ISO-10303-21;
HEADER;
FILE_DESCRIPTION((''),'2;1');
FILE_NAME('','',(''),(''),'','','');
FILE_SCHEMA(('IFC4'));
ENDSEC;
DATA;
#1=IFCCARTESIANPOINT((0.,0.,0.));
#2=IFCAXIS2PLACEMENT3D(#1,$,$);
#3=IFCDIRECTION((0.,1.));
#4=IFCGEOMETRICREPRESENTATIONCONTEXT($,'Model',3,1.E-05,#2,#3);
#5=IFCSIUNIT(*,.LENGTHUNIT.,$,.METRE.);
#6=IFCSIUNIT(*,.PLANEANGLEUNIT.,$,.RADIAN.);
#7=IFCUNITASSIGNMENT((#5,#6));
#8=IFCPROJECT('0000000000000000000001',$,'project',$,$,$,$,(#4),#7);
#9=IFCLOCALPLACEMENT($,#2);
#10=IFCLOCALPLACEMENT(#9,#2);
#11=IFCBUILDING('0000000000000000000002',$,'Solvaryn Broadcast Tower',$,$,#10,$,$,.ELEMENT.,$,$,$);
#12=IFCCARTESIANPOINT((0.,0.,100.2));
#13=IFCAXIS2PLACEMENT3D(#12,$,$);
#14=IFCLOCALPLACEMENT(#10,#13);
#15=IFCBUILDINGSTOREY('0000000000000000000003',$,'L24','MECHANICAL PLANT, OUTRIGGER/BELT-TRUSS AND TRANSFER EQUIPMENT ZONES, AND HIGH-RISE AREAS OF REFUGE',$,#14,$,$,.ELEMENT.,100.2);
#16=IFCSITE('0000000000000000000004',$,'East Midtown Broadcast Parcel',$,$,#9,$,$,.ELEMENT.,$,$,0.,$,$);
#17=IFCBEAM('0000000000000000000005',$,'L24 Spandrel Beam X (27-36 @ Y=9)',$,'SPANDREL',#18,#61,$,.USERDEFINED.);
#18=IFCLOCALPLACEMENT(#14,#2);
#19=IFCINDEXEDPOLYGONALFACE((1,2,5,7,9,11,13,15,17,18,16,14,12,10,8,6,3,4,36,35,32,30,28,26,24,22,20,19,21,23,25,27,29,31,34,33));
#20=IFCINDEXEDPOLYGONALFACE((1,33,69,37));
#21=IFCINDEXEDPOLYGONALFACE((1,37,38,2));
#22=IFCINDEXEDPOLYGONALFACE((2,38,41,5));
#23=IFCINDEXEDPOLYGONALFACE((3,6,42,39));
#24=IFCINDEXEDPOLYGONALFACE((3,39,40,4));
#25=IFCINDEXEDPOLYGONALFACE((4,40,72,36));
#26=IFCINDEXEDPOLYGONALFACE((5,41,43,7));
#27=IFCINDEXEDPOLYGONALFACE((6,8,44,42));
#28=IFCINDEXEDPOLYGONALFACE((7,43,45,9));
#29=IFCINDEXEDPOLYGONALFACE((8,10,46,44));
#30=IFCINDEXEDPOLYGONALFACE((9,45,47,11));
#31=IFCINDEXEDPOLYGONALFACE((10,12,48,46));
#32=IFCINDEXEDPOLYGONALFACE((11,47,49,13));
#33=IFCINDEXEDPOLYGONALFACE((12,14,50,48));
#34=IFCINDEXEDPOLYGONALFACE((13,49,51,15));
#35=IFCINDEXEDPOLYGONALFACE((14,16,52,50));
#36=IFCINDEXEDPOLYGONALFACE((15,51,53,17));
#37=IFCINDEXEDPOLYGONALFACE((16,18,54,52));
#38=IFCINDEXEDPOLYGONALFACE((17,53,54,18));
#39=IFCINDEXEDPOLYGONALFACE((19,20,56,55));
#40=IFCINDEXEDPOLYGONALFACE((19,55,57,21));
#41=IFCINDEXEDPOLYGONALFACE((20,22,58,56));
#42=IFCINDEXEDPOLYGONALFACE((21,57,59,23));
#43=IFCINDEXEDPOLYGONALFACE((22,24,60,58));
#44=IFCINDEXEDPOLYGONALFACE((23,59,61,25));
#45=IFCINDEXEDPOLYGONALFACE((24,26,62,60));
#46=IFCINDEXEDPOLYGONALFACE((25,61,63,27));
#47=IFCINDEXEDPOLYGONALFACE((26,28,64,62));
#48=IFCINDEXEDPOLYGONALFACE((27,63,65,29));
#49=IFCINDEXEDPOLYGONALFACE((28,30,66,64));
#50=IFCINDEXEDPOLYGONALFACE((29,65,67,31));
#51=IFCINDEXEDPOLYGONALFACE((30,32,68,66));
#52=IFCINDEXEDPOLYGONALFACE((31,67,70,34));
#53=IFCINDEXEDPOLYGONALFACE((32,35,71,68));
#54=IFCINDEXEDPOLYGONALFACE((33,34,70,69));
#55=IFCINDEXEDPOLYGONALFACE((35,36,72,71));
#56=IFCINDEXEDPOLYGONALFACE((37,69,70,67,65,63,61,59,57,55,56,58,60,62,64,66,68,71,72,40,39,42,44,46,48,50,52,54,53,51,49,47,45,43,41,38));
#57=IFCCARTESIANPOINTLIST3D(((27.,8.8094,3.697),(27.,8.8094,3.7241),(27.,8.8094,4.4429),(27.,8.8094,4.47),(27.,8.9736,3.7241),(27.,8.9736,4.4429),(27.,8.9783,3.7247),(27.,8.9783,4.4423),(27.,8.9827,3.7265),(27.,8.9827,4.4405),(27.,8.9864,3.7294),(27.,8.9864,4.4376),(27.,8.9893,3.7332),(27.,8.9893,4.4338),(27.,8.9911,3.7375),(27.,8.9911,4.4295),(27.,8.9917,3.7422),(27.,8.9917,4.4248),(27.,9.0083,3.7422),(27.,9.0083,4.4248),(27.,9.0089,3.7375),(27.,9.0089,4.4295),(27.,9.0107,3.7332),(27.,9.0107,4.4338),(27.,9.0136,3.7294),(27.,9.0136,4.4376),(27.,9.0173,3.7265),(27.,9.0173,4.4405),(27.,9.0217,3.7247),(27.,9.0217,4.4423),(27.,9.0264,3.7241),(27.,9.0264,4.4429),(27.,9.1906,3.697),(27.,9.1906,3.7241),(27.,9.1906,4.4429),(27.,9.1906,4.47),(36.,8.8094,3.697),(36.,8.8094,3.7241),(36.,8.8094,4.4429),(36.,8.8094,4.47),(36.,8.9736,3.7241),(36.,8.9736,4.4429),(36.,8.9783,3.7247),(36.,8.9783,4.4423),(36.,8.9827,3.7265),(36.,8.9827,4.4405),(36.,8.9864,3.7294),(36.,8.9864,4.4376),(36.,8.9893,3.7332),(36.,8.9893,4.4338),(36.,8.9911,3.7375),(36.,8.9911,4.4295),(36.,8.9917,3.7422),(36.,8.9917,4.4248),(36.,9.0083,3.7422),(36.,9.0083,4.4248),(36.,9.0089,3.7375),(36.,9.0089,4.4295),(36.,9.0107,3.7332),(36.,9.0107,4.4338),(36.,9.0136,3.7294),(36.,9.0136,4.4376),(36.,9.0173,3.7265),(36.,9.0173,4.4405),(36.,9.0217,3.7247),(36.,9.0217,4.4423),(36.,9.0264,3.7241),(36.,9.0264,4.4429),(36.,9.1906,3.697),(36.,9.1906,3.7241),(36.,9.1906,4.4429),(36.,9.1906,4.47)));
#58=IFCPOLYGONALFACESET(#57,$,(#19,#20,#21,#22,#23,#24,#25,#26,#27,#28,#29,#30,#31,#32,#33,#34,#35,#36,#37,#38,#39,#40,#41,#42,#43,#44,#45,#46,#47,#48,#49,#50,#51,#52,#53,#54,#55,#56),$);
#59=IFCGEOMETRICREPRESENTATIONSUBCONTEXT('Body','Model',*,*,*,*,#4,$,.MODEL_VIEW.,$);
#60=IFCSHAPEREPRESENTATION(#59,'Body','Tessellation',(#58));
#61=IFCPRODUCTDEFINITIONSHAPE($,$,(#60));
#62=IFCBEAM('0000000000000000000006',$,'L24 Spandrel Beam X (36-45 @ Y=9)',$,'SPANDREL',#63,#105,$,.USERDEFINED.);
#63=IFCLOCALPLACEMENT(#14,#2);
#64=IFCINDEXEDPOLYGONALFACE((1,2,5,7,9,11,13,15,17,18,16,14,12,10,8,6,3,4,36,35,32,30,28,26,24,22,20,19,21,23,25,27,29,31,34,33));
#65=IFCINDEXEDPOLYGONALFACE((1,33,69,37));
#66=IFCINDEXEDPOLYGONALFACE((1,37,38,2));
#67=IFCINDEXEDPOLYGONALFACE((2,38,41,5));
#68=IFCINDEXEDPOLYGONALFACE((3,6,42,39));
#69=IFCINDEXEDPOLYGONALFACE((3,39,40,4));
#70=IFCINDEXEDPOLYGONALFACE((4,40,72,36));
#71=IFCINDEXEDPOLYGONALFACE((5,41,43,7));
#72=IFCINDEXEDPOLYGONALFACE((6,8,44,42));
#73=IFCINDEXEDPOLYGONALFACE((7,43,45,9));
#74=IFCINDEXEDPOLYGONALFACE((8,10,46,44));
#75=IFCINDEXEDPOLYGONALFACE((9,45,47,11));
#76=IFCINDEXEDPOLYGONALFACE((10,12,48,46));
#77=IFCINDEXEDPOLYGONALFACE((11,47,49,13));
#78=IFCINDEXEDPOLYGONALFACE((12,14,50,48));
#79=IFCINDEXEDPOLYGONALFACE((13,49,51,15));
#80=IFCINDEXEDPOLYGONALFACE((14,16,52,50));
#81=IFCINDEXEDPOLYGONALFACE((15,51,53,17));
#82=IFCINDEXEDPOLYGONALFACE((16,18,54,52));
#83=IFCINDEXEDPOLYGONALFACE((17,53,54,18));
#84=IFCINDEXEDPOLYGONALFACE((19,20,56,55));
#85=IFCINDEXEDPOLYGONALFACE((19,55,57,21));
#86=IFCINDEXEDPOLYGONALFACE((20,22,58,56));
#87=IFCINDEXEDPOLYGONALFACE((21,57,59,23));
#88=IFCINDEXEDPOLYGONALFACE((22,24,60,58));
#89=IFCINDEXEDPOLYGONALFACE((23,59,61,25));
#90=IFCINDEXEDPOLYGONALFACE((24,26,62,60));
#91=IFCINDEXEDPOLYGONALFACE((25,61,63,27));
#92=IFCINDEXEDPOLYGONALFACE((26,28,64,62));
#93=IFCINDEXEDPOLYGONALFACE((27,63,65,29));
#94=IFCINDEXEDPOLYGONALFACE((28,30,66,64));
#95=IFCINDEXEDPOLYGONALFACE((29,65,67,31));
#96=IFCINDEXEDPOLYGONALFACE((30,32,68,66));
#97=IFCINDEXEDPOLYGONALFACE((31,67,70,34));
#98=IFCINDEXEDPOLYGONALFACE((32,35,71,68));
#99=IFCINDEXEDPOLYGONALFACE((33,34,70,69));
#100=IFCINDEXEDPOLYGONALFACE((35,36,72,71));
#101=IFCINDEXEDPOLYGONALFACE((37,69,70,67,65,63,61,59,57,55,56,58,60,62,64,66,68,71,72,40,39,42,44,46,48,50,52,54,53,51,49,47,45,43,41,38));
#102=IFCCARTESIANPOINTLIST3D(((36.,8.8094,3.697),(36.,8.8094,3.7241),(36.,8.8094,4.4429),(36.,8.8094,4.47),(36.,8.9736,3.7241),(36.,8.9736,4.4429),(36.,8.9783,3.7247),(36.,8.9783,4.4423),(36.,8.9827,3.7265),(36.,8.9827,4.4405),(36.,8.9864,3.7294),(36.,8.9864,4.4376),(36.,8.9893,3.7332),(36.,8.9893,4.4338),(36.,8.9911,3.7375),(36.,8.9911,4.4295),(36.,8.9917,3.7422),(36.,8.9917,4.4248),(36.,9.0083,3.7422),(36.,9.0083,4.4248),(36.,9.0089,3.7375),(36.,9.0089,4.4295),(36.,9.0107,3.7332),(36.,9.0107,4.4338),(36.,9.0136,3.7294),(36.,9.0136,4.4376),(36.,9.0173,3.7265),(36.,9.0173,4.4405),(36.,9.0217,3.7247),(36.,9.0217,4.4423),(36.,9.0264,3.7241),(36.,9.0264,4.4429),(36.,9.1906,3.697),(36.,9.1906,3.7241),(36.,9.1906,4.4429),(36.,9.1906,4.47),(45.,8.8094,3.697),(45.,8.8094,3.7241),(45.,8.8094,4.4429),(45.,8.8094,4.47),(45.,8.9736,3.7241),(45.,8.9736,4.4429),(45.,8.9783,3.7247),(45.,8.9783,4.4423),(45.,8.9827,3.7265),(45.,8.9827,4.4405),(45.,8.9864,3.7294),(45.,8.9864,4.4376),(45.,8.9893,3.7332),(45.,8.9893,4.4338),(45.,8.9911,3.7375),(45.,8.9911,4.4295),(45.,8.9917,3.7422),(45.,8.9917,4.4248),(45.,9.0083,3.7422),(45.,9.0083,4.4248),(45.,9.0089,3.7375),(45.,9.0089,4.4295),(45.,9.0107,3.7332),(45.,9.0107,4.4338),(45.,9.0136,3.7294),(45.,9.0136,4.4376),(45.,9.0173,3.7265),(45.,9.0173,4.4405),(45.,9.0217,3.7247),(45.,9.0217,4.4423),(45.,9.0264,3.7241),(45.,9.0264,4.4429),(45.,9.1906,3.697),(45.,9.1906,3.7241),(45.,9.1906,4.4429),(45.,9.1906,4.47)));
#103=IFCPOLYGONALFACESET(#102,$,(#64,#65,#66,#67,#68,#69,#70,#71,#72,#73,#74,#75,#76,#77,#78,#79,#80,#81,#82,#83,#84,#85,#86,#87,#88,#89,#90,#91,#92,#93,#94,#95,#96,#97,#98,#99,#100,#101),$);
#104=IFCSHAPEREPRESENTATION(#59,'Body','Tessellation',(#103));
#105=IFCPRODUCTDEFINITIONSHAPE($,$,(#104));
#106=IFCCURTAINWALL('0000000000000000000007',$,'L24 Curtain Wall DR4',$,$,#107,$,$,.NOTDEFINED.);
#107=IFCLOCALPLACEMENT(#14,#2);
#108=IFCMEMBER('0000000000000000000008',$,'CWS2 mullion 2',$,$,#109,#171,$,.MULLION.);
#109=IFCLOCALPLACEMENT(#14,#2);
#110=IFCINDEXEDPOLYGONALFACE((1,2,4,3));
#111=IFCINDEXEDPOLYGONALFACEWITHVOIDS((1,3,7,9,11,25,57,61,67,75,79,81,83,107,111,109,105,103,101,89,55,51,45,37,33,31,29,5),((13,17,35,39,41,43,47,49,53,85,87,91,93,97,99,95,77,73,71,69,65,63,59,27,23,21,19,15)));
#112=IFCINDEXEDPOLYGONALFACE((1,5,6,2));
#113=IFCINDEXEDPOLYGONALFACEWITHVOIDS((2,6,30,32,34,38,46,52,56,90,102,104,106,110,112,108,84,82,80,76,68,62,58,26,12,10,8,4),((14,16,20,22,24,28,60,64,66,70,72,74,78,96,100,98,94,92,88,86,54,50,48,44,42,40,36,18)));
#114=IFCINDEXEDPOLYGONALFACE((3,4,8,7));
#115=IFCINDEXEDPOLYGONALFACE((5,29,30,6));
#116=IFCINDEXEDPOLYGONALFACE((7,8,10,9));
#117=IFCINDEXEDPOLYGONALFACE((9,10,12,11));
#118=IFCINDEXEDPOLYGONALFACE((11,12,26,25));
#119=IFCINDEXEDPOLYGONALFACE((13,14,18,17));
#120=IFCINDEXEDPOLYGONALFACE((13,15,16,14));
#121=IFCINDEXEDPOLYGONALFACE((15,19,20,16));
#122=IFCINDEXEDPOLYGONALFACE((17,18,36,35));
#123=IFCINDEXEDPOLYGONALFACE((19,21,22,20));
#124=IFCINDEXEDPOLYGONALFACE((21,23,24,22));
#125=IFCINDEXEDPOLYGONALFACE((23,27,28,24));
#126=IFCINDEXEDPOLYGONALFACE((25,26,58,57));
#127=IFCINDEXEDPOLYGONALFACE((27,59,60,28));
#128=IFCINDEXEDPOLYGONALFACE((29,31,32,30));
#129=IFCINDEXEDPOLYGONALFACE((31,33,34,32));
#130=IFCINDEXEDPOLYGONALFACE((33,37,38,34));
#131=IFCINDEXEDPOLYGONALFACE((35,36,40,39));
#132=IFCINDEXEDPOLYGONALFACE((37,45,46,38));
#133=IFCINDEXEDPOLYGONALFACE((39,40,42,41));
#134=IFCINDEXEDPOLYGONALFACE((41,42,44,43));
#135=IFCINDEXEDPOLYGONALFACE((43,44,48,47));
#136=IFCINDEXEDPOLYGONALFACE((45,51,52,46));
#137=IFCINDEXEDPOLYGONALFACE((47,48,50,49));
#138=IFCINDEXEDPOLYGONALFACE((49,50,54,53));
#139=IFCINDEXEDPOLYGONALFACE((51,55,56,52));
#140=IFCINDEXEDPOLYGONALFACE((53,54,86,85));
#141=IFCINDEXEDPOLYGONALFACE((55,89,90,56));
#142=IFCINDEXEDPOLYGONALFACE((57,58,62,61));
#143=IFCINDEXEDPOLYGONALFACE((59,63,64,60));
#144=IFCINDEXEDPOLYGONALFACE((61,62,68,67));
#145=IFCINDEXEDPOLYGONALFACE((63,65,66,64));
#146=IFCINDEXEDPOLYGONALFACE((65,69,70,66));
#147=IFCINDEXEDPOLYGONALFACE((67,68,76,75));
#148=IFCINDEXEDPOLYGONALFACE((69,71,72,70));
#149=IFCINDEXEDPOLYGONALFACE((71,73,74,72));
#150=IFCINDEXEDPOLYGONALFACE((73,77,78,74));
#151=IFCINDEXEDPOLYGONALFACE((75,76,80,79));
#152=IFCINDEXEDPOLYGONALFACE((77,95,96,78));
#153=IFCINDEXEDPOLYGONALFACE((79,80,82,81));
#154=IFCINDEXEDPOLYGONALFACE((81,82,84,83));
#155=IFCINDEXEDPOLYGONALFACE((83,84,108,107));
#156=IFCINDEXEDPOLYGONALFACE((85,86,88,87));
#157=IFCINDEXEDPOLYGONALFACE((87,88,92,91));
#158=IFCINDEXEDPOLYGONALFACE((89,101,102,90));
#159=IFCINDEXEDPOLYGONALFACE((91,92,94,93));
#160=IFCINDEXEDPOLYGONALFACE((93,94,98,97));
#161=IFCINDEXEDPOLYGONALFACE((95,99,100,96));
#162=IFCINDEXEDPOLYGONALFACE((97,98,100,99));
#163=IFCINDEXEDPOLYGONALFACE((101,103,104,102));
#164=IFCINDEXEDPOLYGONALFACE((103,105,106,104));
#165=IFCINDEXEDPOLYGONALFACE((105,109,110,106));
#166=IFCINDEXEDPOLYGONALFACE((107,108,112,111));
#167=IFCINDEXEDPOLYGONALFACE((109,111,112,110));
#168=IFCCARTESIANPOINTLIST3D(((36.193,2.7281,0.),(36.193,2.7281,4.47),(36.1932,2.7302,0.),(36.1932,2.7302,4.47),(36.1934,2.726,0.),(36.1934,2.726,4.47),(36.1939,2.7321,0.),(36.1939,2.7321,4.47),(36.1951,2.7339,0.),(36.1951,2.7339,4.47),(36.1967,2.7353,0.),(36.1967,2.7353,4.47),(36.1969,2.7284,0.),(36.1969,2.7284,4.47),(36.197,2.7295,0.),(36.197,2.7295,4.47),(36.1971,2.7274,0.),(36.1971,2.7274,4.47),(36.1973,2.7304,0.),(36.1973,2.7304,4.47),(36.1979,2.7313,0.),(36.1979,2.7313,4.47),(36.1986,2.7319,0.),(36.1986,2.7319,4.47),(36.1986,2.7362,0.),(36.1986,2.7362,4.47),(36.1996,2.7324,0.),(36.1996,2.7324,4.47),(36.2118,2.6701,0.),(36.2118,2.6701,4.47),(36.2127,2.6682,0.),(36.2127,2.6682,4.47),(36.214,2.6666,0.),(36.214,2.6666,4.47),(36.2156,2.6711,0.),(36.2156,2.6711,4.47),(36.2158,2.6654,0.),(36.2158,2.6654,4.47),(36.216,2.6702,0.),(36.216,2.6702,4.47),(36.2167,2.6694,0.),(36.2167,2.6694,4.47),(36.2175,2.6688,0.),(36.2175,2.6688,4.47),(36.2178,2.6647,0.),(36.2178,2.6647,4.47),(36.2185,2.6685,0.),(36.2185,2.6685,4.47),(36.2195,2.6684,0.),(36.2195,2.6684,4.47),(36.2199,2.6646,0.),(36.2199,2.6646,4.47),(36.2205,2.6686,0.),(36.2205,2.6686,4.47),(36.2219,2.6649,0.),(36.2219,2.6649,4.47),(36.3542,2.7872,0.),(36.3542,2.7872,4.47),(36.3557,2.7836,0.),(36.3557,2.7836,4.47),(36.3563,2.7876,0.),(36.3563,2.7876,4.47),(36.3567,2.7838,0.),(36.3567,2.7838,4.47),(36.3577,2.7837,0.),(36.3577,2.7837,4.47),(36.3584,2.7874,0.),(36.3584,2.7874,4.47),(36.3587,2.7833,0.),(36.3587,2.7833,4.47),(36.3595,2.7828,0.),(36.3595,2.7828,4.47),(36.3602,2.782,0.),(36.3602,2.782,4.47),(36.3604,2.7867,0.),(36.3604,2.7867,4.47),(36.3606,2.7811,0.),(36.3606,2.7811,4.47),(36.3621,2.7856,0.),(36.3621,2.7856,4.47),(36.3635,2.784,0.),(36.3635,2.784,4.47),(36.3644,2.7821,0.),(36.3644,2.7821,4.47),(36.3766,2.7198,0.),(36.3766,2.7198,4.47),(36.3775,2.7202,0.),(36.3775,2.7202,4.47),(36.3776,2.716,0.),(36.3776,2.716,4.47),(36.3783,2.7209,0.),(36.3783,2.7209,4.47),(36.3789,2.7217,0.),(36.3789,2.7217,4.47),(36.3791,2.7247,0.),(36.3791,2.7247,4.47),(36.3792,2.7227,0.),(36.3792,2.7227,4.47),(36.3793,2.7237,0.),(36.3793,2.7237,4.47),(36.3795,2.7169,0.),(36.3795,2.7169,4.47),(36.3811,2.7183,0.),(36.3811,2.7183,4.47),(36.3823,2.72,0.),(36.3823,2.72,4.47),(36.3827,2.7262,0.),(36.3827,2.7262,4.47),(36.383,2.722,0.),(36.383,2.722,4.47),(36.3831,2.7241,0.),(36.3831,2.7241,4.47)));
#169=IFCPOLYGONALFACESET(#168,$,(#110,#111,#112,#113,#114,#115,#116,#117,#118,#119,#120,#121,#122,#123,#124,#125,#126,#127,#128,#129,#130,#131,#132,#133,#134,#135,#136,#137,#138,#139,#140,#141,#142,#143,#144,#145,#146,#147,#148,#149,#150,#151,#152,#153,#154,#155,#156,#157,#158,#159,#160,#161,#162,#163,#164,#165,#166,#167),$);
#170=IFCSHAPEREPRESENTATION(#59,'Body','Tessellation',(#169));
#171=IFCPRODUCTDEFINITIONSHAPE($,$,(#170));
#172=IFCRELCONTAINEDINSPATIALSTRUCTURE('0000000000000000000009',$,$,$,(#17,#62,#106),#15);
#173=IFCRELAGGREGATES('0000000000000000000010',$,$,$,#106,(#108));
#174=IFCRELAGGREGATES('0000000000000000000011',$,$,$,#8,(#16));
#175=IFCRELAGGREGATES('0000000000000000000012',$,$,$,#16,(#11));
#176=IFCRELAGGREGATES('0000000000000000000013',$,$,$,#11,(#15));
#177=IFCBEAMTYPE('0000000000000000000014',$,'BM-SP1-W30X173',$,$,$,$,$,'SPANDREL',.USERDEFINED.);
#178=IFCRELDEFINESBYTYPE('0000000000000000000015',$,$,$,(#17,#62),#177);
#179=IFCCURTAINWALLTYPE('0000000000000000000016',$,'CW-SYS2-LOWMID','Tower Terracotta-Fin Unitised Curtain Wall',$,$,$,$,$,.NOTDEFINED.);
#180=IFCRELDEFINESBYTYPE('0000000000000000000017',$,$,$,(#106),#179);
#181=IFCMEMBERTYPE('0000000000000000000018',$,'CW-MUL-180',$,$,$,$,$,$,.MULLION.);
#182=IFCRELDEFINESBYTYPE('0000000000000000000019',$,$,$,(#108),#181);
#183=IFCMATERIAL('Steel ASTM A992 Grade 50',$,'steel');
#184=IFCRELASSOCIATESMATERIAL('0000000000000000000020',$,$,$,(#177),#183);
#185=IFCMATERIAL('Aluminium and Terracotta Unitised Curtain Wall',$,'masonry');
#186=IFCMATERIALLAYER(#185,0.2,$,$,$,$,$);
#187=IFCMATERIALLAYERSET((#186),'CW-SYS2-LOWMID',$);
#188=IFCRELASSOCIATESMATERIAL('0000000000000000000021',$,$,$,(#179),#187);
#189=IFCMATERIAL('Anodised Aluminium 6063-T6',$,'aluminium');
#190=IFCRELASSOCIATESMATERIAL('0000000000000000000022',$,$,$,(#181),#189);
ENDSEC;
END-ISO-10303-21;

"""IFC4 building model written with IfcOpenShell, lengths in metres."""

from ifc_helpers import new_model, si_unit, direction, frame, origin, origin_2d, place, context, subcontext, project, spatial, hollow_rectangle, i_section, extrude, material, layer, layer_set, material_profile, profile_set, type_object, element, aggregate, save


model = new_model("IFC4")

# Units and contexts
model_context = context("Model", 3, precision=1e-05, world=origin(), true_north=direction((0.0, 1.0)))
body_context = subcontext(model_context, "Body", "Model", "MODEL_VIEW")
ifc_project = project(units=[si_unit("LENGTHUNIT", "METRE"), si_unit("PLANEANGLEUNIT", "RADIAN")], contexts=[model_context])

# Site, building, storey
site_placement = place(None, origin())
site = spatial("IfcSite", under=ifc_project, at=site_placement, Name="East Midtown Broadcast Parcel", CompositionType="ELEMENT", RefElevation=0.0)
building_placement = place(site_placement, origin())
building = spatial("IfcBuilding", under=site, at=building_placement, Name="Solvaryn Broadcast Tower", CompositionType="ELEMENT")
storey_placement = place(building_placement, frame((0.0, 0.0, 100.2)))
storey = spatial("IfcBuildingStorey", under=building, at=storey_placement, Name="L24", Description="MECHANICAL PLANT, OUTRIGGER/BELT-TRUSS AND TRANSFER EQUIPMENT ZONES, AND HIGH-RISE AREAS OF REFUGE", CompositionType="ELEMENT", Elevation=100.2)

# Beams
ifc_material_1 = material(Name="Steel ASTM A992 Grade 50", Category="steel")
ifc_material_profile_1 = material_profile(ifc_material_1, i_section(OverallWidth=0.3811, OverallDepth=0.7729, WebThickness=0.0166, FlangeThickness=0.0271, FilletRadius=0.0181, at=origin_2d()))
ifc_profile_set_1 = profile_set([ifc_material_profile_1], Name="Steel ASTM A992 Grade 50")
beam_type_1 = type_object("IfcBeamType", Name="BM-SP1-W30X173", ElementType="SPANDREL", PredefinedType="USERDEFINED", material=ifc_profile_set_1)
for number, where, z_axis, x_axis, name in (
    (1, (27.0, 9.0, 4.0835), (1.0, 0.0, 0.0), (0.0, 1.0, 0.0), "L24 Spandrel Beam X (27-36 @ Y=9)"),
    (2, (36.0, 9.0, 4.0835), (1.0, 0.0, 0.0), (0.0, 1.0, 0.0), "L24 Spandrel Beam X (36-45 @ Y=9)"),
):
    element("IfcBeam", number, at=place(storey_placement, frame(where, z_axis=z_axis, x_axis=x_axis)), inside=storey, type_object=beam_type_1, Name=name, ObjectType="SPANDREL", PredefinedType="USERDEFINED", context=body_context, shape_type="SweptSolid", body=[
        extrude(i_section(OverallWidth=0.3811, OverallDepth=0.7729, WebThickness=0.0166, FlangeThickness=0.0271, FilletRadius=0.0181, at=origin_2d()), origin(), (0.0, 0.0, 1.0), 9.0),
    ])

# Curtain wall, member
ifc_material_2 = material(Name="Aluminium and Terracotta Unitised Curtain Wall", Category="masonry")
ifc_layer_1 = layer(ifc_material_2, 0.2)
ifc_layer_set_1 = layer_set([ifc_layer_1], Name="CW-SYS2-LOWMID")
curtain_wall_type = type_object("IfcCurtainWallType", Name="CW-SYS2-LOWMID", Description="Tower Terracotta-Fin Unitised Curtain Wall", PredefinedType="NOTDEFINED", material=ifc_layer_set_1)
curtain_wall_placement = place(storey_placement, origin())
curtain_wall = element("IfcCurtainWall", 3, at=curtain_wall_placement, inside=storey, type_object=curtain_wall_type, Name="L24 Curtain Wall DR4", PredefinedType="NOTDEFINED")
ifc_material_3 = material(Name="Anodised Aluminium 6063-T6", Category="aluminium")
ifc_material_profile_2 = material_profile(ifc_material_3, hollow_rectangle(XDim=0.075, YDim=0.1799, WallThickness=0.0039, InnerFilletRadius=0.0039, OuterFilletRadius=0.0081, at=origin_2d()))
ifc_profile_set_2 = profile_set([ifc_material_profile_2], Name="Anodised Aluminium 6063-T6")
member_type_1 = type_object("IfcMemberType", Name="CW-MUL-180", PredefinedType="MULLION", material=ifc_profile_set_2)
member_1_placement = place(storey_placement, frame((36.2881, 2.7261, 0.0), z_axis=(0.0, 0.0, 1.0), x_axis=(-0.311594, 0.950215, 0.0)))
member_1 = element("IfcMember", 4, at=member_1_placement, type_object=member_type_1, Name="CWS2 mullion 2", PredefinedType="MULLION", context=body_context, shape_type="SweptSolid", body=[
    extrude(hollow_rectangle(XDim=0.075, YDim=0.1799, WallThickness=0.0039, InnerFilletRadius=0.0039, OuterFilletRadius=0.0081, at=origin_2d()), origin(), (0.0, 0.0, 1.0), 4.47),
])

aggregate(curtain_wall, [member_1])

save(model, "model.ifc")
